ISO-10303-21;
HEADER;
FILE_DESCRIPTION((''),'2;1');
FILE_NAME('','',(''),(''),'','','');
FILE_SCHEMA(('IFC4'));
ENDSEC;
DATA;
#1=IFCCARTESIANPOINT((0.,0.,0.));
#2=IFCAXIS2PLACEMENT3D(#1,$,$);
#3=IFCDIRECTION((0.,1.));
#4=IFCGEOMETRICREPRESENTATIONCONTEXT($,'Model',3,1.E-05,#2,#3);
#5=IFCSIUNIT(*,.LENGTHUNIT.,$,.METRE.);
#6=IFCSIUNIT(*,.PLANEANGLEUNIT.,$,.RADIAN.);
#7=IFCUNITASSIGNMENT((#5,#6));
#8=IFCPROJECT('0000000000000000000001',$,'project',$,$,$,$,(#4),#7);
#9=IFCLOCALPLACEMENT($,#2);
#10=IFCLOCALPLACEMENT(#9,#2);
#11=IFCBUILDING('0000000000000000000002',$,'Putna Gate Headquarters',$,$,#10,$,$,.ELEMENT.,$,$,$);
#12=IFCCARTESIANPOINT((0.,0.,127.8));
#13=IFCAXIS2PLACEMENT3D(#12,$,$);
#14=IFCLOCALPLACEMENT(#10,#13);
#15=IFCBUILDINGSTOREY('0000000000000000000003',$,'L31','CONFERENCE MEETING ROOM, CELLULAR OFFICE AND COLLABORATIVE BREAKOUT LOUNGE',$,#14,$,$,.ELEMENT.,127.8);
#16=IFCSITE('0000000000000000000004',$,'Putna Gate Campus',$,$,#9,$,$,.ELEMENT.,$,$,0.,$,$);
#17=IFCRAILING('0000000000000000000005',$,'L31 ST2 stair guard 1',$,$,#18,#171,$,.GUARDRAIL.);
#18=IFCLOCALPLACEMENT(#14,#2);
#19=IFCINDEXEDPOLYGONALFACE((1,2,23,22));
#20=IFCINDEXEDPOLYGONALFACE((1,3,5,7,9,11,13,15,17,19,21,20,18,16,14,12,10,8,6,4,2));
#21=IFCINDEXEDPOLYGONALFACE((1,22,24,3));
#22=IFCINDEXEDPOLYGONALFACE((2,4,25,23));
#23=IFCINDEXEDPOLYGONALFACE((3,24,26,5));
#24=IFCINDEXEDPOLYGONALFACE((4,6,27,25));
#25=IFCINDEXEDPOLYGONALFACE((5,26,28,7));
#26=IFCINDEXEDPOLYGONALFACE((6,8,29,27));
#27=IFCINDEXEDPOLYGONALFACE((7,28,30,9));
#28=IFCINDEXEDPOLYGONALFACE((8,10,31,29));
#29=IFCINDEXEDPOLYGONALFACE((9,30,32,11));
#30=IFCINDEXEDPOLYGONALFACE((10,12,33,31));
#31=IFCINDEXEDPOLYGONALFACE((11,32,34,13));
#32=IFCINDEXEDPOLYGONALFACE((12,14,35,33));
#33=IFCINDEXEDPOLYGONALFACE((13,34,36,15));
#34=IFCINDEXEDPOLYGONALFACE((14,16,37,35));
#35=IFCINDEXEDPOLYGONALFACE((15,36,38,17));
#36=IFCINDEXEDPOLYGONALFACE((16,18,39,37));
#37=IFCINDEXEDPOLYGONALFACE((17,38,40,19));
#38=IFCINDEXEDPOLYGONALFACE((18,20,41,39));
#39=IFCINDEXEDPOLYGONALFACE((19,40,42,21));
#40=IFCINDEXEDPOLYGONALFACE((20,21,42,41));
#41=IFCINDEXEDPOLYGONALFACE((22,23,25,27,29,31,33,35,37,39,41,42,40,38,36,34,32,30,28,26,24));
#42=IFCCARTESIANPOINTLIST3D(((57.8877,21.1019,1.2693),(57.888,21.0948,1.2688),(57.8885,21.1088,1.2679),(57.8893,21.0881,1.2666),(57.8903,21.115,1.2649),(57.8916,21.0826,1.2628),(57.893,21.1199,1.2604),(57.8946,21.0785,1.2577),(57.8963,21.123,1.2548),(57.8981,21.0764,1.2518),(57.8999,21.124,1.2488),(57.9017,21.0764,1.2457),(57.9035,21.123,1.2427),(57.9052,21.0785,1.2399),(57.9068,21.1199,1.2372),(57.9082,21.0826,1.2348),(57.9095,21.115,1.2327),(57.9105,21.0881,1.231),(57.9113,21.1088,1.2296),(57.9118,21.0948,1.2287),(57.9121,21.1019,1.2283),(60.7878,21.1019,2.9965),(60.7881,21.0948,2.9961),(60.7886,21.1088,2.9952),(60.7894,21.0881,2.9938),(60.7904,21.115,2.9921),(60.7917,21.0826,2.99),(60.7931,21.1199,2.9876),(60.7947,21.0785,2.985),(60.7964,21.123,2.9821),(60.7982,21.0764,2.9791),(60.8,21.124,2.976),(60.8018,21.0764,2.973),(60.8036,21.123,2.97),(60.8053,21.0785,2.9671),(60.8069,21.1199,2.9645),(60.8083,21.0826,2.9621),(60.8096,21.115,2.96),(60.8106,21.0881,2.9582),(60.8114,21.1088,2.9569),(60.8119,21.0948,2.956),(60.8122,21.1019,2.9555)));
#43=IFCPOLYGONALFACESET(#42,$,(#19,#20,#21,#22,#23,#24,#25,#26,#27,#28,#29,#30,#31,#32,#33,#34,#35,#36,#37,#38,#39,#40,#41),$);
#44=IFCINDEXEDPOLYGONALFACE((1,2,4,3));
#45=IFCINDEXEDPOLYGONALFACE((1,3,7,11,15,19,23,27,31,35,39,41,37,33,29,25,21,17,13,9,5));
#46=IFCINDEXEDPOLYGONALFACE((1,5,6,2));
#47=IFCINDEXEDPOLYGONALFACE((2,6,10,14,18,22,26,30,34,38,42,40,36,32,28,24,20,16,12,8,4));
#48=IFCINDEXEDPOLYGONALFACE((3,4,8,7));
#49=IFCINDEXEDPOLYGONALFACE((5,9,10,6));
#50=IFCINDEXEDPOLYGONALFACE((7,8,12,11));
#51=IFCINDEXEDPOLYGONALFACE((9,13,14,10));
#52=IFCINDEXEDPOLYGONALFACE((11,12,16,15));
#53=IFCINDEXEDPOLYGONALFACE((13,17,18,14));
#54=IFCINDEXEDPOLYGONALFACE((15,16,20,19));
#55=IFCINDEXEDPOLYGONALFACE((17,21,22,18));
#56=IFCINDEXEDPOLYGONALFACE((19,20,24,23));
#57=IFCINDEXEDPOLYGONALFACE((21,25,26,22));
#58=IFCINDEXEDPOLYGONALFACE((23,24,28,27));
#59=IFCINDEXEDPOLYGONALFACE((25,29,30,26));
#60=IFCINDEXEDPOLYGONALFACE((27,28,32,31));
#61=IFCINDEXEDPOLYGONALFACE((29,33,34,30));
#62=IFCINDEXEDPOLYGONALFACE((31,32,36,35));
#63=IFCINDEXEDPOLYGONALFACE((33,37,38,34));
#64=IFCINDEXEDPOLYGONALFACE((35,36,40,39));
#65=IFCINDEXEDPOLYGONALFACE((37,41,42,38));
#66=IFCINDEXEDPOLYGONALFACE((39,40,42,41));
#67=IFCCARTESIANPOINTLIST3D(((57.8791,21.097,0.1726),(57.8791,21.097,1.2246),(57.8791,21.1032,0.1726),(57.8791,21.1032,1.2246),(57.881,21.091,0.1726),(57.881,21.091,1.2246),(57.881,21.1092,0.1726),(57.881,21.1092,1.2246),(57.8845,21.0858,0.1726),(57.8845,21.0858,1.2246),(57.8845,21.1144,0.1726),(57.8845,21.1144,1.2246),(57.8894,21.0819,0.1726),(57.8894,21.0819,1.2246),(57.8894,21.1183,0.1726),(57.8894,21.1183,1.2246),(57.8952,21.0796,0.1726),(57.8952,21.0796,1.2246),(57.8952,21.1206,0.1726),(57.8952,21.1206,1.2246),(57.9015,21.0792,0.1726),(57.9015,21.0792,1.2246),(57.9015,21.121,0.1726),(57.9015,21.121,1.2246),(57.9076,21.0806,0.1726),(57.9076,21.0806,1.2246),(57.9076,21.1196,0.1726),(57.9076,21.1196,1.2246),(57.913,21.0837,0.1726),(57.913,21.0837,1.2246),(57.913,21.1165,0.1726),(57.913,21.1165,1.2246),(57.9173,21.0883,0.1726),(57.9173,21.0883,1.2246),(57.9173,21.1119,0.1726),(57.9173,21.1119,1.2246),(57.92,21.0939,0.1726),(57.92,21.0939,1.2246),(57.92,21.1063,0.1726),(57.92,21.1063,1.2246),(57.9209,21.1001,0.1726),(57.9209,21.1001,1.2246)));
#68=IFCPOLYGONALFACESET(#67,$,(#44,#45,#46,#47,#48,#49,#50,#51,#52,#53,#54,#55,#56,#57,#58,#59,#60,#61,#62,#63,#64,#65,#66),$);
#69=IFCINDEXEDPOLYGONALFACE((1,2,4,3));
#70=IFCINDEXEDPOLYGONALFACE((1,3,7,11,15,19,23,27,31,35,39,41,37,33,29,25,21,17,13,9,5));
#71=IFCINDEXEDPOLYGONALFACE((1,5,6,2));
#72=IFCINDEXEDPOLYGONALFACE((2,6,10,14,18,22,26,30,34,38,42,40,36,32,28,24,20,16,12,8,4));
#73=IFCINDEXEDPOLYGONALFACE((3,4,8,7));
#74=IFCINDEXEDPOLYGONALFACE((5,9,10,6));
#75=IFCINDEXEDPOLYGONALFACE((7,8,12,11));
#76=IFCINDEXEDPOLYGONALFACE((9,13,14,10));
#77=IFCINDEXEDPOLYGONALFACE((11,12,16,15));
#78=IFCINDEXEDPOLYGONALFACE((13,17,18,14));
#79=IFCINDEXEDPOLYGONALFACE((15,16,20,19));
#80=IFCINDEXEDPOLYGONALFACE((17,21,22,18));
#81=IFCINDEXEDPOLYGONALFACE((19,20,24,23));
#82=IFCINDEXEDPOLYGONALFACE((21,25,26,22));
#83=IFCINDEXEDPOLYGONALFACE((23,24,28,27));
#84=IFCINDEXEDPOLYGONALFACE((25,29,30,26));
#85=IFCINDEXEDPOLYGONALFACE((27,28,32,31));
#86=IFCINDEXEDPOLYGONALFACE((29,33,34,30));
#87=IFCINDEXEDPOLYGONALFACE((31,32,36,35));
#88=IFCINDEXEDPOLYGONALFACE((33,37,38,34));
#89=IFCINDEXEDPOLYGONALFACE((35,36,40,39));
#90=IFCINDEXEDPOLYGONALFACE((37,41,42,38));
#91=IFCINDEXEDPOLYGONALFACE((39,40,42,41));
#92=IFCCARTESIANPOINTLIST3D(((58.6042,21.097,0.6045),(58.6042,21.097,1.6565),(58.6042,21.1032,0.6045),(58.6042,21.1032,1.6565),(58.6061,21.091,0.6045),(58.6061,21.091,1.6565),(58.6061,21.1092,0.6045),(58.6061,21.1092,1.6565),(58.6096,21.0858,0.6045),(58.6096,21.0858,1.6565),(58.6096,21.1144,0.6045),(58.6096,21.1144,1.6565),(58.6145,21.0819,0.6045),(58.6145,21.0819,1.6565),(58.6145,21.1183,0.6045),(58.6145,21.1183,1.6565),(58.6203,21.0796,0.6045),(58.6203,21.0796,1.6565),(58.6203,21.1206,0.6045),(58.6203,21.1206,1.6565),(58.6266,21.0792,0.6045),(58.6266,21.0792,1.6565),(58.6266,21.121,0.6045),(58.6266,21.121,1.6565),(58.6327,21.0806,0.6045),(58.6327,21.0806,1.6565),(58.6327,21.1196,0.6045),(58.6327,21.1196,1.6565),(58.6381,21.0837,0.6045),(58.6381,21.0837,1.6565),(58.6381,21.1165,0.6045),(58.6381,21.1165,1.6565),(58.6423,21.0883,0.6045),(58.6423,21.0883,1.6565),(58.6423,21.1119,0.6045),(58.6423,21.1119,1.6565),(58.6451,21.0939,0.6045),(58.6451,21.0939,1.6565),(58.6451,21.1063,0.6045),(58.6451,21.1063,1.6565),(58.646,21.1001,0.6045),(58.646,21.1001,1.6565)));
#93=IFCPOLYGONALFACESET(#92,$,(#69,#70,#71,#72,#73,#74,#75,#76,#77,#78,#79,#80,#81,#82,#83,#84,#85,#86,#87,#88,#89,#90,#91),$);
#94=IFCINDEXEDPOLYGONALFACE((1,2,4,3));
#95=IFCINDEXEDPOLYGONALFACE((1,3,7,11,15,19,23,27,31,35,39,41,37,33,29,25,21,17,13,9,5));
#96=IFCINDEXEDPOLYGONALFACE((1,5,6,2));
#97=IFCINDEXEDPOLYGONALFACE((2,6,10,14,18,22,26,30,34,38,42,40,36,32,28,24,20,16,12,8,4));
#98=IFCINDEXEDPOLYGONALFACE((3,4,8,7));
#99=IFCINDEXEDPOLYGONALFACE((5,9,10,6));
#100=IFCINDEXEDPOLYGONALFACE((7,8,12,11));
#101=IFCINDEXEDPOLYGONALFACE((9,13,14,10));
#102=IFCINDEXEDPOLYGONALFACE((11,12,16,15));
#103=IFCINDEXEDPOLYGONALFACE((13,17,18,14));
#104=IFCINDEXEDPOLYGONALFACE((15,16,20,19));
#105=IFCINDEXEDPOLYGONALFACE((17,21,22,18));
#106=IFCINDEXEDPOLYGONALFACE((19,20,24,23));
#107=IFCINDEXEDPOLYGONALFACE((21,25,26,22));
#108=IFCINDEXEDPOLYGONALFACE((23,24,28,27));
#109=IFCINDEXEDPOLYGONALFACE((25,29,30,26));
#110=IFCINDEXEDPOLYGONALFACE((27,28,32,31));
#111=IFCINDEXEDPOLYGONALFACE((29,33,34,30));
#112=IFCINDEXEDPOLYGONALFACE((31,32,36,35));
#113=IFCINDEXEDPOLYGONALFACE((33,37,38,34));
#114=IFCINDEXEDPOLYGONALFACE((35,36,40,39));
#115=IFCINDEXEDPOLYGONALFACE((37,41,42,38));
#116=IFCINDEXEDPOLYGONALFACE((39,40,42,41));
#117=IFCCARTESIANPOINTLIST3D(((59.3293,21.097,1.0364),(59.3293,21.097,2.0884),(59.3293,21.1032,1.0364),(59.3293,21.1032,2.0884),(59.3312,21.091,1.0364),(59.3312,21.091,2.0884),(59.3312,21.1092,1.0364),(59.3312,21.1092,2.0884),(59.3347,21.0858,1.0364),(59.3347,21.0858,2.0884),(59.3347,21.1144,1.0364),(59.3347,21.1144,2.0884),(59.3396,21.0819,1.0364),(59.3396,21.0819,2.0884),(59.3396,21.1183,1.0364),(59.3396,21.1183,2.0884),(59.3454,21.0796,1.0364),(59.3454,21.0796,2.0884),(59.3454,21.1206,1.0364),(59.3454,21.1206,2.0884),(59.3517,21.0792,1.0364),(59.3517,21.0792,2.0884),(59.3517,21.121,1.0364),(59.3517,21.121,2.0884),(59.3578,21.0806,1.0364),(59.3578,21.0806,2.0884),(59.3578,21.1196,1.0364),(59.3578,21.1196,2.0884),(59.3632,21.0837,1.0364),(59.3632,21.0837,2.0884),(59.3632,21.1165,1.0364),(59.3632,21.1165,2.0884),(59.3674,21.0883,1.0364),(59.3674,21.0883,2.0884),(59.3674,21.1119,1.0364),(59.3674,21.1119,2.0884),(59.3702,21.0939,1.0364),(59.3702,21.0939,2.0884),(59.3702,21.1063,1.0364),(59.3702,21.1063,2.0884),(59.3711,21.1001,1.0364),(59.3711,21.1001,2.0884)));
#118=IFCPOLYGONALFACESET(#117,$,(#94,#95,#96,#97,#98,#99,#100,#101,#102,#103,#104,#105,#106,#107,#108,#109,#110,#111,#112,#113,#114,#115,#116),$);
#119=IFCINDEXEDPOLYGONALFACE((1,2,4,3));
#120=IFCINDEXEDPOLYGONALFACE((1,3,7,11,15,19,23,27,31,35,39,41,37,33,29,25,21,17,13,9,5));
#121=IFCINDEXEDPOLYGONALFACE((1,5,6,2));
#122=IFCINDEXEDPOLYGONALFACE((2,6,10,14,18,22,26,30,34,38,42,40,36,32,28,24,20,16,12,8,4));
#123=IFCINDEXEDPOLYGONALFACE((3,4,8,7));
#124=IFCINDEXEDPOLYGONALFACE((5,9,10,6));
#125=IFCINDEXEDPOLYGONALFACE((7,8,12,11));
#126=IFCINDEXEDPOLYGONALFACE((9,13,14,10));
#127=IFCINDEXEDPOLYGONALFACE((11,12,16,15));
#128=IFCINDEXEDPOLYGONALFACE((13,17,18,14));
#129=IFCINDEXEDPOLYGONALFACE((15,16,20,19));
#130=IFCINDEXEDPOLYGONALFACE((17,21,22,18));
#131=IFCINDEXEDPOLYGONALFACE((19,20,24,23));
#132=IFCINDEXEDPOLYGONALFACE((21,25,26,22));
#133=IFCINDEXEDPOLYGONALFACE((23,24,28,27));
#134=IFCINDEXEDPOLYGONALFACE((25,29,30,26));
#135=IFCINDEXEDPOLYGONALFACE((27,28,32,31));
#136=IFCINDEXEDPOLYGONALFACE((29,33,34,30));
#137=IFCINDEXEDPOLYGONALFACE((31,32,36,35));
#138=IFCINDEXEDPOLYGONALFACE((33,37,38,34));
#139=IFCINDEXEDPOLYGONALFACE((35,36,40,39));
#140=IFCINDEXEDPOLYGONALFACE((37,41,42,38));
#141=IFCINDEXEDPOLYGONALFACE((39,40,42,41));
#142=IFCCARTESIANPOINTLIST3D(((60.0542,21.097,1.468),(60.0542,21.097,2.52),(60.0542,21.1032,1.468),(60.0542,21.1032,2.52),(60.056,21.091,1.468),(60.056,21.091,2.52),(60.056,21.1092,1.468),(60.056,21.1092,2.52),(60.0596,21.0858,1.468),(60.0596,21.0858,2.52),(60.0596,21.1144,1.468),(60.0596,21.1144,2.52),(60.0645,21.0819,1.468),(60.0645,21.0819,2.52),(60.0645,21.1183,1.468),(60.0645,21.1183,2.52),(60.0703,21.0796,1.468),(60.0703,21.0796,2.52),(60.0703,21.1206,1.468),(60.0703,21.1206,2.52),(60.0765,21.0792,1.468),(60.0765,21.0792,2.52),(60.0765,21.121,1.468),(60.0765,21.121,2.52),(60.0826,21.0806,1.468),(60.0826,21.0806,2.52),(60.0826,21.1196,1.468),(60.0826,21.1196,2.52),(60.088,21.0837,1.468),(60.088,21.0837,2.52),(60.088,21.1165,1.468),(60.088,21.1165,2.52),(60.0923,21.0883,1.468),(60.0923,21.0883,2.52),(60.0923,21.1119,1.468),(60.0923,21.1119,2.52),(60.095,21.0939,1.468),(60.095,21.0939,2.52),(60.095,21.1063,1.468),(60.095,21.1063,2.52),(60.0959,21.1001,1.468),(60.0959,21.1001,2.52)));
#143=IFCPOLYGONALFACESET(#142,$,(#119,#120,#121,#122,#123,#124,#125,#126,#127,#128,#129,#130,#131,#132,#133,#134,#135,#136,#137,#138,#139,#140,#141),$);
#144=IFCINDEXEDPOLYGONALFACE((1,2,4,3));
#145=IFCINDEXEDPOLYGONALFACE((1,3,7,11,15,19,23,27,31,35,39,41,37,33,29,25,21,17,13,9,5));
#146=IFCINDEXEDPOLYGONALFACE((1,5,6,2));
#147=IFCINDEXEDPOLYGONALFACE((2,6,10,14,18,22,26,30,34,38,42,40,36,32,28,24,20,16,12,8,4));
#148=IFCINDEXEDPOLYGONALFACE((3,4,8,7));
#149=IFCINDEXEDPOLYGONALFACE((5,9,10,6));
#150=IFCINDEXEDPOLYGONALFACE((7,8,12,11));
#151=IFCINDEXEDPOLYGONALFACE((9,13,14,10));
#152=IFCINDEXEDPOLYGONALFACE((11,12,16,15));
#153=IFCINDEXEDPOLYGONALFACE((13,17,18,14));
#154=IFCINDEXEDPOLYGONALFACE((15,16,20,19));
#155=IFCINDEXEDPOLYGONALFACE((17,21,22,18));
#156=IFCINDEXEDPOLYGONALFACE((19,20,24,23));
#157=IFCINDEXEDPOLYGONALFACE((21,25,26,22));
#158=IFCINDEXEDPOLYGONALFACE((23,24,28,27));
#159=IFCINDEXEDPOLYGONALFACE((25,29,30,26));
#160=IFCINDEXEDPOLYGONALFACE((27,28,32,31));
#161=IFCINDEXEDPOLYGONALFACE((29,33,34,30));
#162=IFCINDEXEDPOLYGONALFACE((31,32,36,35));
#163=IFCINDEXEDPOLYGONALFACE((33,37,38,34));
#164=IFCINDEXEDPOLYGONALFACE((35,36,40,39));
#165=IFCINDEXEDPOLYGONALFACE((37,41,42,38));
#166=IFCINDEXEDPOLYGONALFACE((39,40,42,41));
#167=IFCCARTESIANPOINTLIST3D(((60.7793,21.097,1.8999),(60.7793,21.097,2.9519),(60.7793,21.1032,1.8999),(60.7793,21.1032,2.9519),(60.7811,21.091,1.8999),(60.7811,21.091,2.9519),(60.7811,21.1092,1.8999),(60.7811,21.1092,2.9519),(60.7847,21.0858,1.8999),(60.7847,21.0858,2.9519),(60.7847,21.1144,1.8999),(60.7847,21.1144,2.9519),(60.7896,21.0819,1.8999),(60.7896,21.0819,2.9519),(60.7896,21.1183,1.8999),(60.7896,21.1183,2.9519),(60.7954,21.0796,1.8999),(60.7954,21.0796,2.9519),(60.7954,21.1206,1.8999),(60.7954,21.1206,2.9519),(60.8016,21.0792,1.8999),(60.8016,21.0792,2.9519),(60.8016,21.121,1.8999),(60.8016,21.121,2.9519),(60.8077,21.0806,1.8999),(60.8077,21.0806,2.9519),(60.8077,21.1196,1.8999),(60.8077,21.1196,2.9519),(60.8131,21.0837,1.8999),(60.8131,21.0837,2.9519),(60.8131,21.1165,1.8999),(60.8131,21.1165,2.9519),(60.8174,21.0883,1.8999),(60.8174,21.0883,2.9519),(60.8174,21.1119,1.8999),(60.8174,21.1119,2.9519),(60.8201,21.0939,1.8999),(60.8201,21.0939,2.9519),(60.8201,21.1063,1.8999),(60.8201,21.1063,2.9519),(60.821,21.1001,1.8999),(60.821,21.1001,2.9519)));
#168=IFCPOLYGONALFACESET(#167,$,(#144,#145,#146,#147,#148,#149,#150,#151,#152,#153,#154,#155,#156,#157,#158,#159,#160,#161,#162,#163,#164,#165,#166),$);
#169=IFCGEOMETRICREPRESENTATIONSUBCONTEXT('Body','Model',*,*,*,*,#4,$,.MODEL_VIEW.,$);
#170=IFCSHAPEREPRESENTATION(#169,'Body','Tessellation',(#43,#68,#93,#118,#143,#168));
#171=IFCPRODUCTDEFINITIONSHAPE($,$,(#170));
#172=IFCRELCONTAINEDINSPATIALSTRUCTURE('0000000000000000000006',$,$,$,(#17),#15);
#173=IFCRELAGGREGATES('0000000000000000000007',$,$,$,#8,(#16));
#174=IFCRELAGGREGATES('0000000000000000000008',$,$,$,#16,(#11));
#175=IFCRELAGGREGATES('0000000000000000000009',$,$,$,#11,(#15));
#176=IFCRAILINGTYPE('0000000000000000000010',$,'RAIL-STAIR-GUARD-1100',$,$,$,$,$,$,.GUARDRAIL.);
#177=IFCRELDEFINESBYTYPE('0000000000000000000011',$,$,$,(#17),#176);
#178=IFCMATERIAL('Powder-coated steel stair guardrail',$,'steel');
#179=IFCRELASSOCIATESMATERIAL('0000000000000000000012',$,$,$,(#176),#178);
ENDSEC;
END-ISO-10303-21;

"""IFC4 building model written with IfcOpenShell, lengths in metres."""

from ifc_helpers import new_model, si_unit, direction, frame, origin, origin_2d, place, context, subcontext, project, spatial, circle, extrude, material, type_object, element, save


model = new_model("IFC4")

# Units and contexts
model_context = context("Model", 3, precision=1e-05, world=origin(), true_north=direction((0.0, 1.0)))
body_context = subcontext(model_context, "Body", "Model", "MODEL_VIEW")
ifc_project = project(units=[si_unit("LENGTHUNIT", "METRE"), si_unit("PLANEANGLEUNIT", "RADIAN")], contexts=[model_context])

# Site, building, storey
site_placement = place(None, origin())
site = spatial("IfcSite", under=ifc_project, at=site_placement, Name="Putna Gate Campus", CompositionType="ELEMENT", RefElevation=0.0)
building_placement = place(site_placement, origin())
building = spatial("IfcBuilding", under=site, at=building_placement, Name="Putna Gate Headquarters", CompositionType="ELEMENT")
storey_placement = place(building_placement, frame((0.0, 0.0, 127.8)))
storey = spatial("IfcBuildingStorey", under=building, at=storey_placement, Name="L31", Description="CONFERENCE MEETING ROOM, CELLULAR OFFICE AND COLLABORATIVE BREAKOUT LOUNGE", CompositionType="ELEMENT", Elevation=127.8)

# Railing
ifc_material_1 = material(Name="Powder-coated steel stair guardrail", Category="steel")
railing_type_1 = type_object("IfcRailingType", Name="RAIL-STAIR-GUARD-1100", PredefinedType="GUARDRAIL", material=ifc_material_1)
railing_1_placement = place(storey_placement, frame((57.8999, 21.1001, 0.1726)))
element("IfcRailing", 1, at=railing_1_placement, inside=storey, type_object=railing_type_1, Name="L31 ST2 stair guard 1", PredefinedType="GUARDRAIL", context=body_context, shape_type="SweptSolid", body=[
    extrude(circle(Radius=0.0239, at=origin_2d()), frame((0.0, 0.0, 1.0762), z_axis=(0.85916, 0.0, 0.511706), x_axis=(0.0, 1.0, 0.0)), (0.0, 0.0, 1.0), 3.3755),
    extrude(circle(Radius=0.021, at=origin_2d()), origin(), (0.0, 0.0, 1.0), 1.052),
    extrude(circle(Radius=0.021, at=origin_2d()), frame((0.7251, 0.0, 0.4319)), (0.0, 0.0, 1.0), 1.052),
    extrude(circle(Radius=0.021, at=origin_2d()), frame((1.4502, 0.0, 0.8638)), (0.0, 0.0, 1.0), 1.052),
    extrude(circle(Radius=0.021, at=origin_2d()), frame((2.175, 0.0, 1.2954)), (0.0, 0.0, 1.0), 1.052),
    extrude(circle(Radius=0.021, at=origin_2d()), frame((2.9001, 0.0, 1.7273)), (0.0, 0.0, 1.0), 1.052),
])

save(model, "model.ifc")
